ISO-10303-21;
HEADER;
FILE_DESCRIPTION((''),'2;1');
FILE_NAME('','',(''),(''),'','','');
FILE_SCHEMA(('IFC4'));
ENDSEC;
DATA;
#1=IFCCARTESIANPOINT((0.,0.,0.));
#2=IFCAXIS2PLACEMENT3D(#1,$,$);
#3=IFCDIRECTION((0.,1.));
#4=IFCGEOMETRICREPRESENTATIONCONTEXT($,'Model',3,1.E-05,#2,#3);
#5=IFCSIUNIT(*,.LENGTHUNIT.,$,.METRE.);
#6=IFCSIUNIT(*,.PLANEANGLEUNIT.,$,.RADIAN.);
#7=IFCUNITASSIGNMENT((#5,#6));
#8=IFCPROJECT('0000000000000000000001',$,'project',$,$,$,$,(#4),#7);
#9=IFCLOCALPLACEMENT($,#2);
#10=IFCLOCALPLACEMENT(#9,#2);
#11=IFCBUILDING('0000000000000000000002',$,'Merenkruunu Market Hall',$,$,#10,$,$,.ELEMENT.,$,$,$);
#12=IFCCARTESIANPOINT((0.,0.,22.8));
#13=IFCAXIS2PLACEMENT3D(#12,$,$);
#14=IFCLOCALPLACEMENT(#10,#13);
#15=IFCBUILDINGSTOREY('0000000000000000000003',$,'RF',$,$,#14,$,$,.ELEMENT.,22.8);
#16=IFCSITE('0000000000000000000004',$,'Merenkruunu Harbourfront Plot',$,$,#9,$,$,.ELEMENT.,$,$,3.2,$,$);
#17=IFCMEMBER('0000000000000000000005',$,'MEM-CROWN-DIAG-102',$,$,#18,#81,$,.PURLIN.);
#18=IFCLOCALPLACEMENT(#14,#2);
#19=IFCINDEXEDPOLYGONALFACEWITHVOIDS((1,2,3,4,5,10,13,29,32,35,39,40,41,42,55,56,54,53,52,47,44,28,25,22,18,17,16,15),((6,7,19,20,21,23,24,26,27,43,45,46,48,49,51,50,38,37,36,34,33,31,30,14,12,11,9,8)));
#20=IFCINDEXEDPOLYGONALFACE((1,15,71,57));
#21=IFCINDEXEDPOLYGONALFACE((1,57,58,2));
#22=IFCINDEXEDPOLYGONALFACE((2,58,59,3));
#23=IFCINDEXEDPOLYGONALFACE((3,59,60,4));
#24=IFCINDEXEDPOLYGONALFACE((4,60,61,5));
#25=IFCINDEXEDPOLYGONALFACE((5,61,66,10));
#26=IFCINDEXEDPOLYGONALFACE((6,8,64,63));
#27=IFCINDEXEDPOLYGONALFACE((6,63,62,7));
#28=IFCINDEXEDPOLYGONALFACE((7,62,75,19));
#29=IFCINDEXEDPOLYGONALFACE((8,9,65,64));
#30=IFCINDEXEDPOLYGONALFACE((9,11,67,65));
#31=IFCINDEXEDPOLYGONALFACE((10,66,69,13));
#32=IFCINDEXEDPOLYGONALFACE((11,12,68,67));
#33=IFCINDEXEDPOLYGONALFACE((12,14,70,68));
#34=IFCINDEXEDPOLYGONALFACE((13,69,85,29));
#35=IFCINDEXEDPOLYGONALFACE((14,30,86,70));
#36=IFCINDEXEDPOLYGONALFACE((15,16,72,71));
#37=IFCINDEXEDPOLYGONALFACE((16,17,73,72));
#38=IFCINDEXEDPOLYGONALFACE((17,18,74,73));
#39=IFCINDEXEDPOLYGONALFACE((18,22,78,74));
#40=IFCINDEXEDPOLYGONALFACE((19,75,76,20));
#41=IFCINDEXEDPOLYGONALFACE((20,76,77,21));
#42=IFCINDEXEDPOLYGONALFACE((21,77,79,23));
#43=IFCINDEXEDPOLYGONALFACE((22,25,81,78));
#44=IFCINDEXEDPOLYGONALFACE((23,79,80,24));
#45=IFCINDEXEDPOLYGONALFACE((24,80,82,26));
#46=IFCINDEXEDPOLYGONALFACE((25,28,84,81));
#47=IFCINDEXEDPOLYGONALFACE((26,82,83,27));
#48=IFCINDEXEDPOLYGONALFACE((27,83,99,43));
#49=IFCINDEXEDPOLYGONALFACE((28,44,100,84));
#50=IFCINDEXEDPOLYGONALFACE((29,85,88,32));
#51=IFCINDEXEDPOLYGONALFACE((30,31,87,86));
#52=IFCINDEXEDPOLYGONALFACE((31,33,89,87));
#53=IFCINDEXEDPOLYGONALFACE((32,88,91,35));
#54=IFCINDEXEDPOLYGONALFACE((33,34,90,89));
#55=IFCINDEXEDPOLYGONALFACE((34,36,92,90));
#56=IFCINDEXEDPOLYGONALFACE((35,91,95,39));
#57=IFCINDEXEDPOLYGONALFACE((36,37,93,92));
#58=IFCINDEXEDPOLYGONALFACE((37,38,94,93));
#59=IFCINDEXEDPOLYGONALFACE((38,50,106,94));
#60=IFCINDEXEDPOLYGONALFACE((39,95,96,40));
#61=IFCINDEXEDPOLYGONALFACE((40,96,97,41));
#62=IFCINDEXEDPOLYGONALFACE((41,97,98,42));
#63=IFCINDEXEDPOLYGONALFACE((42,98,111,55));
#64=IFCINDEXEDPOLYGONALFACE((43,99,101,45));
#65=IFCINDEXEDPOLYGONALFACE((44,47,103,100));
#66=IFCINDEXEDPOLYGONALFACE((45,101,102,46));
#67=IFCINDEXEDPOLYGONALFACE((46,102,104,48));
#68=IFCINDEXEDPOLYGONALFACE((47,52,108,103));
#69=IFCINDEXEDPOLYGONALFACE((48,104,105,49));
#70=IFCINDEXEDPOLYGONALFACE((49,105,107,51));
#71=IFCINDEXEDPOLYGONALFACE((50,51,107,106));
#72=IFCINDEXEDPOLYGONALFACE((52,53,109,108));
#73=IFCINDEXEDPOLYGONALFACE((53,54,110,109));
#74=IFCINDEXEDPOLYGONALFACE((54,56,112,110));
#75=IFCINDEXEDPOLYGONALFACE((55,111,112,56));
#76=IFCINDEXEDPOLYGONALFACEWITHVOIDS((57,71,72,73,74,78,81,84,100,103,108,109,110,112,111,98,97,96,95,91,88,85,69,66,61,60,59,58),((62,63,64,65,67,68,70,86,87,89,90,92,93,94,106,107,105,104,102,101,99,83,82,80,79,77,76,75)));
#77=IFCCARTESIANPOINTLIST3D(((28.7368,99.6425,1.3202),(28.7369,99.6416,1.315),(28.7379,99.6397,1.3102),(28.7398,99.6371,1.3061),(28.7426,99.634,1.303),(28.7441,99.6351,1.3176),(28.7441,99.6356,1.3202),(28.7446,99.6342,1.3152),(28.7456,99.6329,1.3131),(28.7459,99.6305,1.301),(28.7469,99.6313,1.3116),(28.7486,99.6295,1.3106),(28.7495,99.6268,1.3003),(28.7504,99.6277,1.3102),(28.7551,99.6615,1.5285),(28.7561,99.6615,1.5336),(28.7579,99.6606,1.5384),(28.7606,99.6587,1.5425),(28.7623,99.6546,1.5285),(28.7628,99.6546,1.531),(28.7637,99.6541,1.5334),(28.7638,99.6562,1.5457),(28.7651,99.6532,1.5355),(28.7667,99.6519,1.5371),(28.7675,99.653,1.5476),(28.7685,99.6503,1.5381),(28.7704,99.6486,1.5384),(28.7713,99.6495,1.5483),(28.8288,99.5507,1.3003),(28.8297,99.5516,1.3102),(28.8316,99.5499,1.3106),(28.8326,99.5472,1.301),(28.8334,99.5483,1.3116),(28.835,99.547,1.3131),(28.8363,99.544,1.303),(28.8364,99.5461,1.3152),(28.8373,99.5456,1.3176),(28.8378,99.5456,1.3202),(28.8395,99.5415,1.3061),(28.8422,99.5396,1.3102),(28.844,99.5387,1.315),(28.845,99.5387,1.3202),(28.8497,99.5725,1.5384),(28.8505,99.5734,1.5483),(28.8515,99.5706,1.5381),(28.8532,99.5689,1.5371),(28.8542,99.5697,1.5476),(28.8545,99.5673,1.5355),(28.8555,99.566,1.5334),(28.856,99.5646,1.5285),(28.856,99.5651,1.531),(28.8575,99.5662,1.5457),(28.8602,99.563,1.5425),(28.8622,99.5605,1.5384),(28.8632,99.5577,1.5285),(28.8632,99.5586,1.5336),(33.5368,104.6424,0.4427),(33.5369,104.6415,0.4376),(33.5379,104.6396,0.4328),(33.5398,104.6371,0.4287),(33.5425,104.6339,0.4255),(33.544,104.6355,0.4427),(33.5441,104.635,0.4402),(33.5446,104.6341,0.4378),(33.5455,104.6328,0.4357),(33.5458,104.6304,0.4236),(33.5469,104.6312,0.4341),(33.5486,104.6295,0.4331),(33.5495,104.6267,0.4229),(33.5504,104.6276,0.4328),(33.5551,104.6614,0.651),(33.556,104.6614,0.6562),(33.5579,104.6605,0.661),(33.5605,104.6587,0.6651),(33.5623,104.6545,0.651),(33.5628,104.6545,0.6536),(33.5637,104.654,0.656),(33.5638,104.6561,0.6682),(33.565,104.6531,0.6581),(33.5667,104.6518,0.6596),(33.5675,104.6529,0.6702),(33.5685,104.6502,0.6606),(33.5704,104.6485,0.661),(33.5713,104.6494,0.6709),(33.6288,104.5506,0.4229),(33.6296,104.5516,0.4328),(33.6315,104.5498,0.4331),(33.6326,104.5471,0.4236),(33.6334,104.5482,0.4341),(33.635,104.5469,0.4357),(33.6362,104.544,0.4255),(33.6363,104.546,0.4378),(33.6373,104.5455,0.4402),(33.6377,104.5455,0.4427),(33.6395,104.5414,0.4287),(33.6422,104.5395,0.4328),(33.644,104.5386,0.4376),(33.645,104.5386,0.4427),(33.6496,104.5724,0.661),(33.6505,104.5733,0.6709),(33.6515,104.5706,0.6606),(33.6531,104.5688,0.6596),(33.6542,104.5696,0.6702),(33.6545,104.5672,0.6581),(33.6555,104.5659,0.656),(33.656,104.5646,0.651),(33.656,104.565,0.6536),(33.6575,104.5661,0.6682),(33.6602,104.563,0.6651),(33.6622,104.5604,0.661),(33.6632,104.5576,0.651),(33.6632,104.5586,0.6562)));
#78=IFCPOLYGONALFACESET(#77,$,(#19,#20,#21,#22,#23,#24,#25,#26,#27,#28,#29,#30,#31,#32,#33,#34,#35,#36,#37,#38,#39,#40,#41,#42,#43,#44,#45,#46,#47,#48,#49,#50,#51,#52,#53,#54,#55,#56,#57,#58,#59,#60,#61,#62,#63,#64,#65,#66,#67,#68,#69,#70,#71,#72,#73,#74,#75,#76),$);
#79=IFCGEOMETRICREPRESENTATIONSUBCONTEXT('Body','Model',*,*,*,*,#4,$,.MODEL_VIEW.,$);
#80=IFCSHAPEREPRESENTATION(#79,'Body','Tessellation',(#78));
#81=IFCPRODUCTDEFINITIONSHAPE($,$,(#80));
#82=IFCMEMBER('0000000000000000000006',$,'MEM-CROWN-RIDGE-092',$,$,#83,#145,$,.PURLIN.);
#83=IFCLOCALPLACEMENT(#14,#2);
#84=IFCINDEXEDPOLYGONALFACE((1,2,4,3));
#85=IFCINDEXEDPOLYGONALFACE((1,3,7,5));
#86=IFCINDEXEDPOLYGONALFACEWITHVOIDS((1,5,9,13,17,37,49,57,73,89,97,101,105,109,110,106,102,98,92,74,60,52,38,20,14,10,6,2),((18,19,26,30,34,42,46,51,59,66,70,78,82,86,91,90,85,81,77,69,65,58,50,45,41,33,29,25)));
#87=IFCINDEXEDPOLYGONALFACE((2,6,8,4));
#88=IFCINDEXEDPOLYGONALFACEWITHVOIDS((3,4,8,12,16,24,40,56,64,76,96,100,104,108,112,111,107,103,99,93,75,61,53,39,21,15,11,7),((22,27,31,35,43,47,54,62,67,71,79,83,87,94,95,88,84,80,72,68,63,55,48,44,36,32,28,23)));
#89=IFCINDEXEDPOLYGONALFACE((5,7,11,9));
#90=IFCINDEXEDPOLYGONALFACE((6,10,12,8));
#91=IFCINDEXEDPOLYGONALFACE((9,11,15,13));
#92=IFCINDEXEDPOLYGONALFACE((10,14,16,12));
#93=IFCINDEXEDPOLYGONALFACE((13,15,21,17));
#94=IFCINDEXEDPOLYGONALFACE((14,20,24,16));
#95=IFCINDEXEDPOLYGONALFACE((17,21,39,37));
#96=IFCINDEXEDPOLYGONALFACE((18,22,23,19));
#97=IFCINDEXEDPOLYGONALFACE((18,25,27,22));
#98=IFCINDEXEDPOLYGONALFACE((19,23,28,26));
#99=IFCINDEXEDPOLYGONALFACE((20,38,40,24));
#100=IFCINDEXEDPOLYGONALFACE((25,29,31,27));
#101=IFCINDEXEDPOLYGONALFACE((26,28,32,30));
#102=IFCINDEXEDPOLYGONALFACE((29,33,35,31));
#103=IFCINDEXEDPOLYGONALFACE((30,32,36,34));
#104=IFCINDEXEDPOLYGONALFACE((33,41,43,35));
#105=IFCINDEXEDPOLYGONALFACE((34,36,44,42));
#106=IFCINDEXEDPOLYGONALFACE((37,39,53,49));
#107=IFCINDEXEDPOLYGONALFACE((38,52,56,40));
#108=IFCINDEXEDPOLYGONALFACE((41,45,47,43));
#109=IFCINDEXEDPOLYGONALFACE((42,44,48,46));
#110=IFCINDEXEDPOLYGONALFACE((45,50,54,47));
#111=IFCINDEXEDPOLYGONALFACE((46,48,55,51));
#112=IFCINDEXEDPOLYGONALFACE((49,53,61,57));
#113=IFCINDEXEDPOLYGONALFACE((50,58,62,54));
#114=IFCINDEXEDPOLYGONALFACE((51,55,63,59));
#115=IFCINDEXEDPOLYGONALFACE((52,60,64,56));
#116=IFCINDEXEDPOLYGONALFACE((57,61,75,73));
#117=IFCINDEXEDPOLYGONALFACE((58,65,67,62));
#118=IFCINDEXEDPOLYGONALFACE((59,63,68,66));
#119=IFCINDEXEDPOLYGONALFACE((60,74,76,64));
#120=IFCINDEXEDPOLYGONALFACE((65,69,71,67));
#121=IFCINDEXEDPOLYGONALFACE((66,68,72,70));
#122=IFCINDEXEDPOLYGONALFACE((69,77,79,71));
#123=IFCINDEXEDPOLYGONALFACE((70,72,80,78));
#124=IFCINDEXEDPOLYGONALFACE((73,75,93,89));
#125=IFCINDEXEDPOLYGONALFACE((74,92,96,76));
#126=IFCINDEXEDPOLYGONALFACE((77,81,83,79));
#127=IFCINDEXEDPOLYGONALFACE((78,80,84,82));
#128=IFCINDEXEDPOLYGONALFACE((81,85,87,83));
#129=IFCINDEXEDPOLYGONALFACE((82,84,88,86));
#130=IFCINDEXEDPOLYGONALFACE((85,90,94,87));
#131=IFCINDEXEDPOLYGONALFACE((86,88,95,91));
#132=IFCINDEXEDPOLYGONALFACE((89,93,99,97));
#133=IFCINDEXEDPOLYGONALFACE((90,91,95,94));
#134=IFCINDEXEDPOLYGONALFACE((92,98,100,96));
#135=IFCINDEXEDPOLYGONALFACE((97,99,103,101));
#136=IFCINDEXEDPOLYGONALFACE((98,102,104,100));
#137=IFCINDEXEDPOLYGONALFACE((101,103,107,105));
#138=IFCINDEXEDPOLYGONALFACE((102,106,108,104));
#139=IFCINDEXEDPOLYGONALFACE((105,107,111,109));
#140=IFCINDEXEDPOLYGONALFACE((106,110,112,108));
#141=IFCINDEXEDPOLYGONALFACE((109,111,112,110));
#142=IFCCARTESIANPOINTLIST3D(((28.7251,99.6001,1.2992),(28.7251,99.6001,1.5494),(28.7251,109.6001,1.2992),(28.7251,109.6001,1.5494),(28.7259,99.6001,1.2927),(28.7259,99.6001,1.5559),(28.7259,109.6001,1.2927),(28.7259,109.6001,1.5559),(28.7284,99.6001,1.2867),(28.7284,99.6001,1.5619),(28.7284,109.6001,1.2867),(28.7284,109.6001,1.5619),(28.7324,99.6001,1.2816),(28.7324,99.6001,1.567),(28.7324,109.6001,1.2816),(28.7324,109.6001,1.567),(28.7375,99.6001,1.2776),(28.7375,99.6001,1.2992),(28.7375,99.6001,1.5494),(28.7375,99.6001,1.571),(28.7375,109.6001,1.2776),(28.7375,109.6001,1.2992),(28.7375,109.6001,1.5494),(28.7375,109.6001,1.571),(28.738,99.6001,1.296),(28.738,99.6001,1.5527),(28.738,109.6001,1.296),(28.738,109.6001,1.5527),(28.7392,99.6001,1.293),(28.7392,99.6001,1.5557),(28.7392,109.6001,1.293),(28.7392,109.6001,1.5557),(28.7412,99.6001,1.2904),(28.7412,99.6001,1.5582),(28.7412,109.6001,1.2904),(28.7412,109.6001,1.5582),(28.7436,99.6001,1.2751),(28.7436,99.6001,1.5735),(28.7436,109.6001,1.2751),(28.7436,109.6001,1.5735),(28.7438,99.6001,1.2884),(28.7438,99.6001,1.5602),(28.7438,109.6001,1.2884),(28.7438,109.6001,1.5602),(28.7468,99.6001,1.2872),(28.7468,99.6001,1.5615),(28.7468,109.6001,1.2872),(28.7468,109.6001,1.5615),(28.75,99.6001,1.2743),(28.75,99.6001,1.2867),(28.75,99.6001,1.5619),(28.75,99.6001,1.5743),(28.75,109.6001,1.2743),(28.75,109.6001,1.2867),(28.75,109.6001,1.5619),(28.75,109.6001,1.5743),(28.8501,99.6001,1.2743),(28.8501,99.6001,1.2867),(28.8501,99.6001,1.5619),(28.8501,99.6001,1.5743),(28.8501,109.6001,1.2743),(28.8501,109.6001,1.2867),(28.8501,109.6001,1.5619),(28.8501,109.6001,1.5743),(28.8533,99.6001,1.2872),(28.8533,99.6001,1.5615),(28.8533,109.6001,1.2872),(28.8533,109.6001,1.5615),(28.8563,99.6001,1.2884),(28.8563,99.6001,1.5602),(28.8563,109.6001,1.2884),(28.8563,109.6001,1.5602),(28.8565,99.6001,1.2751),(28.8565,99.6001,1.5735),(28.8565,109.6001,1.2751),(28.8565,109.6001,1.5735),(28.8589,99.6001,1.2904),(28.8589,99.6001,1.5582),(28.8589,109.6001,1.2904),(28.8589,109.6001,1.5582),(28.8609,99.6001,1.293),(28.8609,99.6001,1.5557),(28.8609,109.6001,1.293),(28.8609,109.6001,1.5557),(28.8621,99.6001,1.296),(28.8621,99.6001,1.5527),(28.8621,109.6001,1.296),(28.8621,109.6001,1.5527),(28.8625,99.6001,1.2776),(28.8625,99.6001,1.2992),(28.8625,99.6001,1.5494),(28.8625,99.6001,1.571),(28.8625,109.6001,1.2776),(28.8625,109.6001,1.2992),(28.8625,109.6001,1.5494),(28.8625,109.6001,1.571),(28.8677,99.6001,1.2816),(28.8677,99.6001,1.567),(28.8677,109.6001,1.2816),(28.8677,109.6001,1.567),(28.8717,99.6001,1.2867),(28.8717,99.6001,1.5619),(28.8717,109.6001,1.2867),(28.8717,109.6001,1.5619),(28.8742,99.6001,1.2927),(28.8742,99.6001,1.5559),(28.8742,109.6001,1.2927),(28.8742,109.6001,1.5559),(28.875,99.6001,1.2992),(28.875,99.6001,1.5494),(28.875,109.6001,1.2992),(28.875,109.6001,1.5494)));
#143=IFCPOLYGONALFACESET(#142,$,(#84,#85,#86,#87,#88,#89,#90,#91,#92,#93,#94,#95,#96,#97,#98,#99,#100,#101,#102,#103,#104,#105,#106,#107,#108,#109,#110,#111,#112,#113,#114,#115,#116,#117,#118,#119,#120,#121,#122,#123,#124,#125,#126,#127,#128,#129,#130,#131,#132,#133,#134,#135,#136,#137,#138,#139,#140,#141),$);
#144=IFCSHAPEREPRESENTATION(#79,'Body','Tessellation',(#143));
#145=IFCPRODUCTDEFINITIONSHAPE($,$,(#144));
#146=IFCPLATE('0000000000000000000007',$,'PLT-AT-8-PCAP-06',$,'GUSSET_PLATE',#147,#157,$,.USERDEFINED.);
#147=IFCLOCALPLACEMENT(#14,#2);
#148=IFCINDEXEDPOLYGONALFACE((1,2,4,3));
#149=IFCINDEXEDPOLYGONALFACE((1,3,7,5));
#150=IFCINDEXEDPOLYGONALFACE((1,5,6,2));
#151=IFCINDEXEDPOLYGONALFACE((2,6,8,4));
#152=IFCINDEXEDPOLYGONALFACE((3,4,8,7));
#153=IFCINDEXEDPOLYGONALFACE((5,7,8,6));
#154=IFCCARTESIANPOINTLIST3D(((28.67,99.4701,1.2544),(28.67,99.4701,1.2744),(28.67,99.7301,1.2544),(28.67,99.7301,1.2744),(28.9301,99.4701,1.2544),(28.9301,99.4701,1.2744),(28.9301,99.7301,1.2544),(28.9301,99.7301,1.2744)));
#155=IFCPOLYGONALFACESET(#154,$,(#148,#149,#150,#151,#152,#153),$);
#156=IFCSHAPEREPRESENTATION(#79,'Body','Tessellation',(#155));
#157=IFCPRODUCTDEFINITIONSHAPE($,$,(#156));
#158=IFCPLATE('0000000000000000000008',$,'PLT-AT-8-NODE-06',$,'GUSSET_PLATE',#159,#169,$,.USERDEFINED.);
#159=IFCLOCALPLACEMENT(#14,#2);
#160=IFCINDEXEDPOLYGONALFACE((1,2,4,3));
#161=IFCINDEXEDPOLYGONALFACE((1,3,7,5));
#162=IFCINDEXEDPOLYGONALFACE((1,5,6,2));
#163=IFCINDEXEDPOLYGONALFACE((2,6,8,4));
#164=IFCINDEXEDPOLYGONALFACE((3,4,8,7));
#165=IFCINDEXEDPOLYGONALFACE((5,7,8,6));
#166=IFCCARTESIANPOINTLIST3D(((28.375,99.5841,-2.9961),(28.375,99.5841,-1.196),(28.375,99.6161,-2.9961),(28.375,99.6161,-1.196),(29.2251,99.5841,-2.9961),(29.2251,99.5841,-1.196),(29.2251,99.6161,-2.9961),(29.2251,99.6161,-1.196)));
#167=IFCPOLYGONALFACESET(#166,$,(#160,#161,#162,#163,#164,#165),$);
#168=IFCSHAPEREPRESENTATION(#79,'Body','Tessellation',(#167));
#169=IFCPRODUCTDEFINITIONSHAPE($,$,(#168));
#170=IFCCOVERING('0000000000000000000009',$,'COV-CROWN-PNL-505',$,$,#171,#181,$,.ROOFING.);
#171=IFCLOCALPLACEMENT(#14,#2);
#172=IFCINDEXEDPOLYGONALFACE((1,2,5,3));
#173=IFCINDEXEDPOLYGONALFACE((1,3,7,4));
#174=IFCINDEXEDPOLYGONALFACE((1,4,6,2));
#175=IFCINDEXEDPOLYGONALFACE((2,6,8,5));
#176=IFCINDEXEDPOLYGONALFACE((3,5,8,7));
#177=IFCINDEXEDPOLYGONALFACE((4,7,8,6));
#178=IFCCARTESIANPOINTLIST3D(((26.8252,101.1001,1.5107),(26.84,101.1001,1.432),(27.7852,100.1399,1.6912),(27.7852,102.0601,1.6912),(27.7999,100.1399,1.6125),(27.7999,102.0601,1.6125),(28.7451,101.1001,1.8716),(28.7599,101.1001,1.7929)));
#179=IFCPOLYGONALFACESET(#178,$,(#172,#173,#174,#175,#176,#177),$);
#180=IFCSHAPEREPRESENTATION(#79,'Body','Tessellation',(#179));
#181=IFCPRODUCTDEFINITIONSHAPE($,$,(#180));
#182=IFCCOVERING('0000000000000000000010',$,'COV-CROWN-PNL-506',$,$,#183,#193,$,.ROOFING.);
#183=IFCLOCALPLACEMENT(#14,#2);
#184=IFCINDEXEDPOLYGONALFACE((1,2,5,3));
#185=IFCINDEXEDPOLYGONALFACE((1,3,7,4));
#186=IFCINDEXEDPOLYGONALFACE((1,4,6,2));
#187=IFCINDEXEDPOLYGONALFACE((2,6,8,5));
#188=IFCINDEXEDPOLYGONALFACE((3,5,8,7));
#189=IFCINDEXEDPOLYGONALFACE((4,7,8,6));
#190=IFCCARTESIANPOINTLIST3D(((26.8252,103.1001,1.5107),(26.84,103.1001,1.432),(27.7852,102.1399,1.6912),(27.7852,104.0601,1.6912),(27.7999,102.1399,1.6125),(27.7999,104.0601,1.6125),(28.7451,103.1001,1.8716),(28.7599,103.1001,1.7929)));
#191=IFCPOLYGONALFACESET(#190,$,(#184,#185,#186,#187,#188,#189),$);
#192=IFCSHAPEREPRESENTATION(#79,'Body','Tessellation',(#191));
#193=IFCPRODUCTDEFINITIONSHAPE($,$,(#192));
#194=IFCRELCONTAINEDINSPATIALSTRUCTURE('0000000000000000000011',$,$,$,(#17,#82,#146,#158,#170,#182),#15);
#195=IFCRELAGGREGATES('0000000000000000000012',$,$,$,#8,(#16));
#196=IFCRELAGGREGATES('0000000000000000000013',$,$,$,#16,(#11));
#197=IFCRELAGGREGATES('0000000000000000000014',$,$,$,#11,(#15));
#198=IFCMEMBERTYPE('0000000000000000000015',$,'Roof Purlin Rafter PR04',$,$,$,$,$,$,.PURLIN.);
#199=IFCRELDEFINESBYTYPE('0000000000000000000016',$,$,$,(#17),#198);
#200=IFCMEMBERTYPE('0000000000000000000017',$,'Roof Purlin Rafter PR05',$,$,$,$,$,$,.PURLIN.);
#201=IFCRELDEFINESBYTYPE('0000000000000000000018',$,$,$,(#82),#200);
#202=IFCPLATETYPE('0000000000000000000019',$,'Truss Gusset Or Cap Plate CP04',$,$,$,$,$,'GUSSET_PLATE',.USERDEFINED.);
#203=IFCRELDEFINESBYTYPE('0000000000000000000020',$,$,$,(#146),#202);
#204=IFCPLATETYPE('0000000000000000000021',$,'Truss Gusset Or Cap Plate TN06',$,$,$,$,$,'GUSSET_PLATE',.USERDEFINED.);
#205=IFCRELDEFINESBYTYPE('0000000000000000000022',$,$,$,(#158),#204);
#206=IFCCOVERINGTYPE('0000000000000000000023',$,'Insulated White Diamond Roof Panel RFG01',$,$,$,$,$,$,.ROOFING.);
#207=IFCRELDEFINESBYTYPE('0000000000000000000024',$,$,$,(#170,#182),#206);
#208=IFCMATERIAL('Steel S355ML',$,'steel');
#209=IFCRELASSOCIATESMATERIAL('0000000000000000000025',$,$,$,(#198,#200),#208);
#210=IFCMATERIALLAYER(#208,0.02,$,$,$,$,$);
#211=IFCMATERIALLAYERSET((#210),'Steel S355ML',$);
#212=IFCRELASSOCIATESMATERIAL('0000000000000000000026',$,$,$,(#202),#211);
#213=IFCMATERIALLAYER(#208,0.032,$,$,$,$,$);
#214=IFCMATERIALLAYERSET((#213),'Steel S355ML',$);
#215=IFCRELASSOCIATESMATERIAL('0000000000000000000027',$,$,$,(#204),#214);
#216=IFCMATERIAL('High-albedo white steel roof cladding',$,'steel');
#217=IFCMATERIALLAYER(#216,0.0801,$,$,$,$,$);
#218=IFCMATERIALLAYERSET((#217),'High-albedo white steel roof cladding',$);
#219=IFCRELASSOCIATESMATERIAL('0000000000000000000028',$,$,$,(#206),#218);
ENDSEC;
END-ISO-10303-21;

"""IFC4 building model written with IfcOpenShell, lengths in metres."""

from ifc_helpers import new_model, si_unit, direction, frame, origin, origin_2d, place, context, subcontext, project, spatial, polyline, rectangle, hollow_rectangle, outline, extrude, material, layer, layer_set, material_profile, profile_set, type_object, element, save


model = new_model("IFC4")

# Units and contexts
model_context = context("Model", 3, precision=1e-05, world=origin(), true_north=direction((0.0, 1.0)))
body_context = subcontext(model_context, "Body", "Model", "MODEL_VIEW")
ifc_project = project(units=[si_unit("LENGTHUNIT", "METRE"), si_unit("PLANEANGLEUNIT", "RADIAN")], contexts=[model_context])

# Site, building, storey
site_placement = place(None, origin())
site = spatial("IfcSite", under=ifc_project, at=site_placement, Name="Merenkruunu Harbourfront Plot", CompositionType="ELEMENT", RefElevation=3.2)
building_placement = place(site_placement, origin())
building = spatial("IfcBuilding", under=site, at=building_placement, Name="Merenkruunu Market Hall", CompositionType="ELEMENT")
storey_placement = place(building_placement, frame((0.0, 0.0, 22.8)))
storey = spatial("IfcBuildingStorey", under=building, at=storey_placement, Name="RF", CompositionType="ELEMENT", Elevation=22.8)

# Members
ifc_material_1 = material(Name="Steel S355ML", Category="steel")
ifc_material_profile_1 = material_profile(ifc_material_1, hollow_rectangle(XDim=0.1499, YDim=0.25, WallThickness=0.01, InnerFilletRadius=0.01, OuterFilletRadius=0.02, at=origin_2d()), Name="RHS 250x150x10")
ifc_profile_set_1 = profile_set([ifc_material_profile_1], Name="Steel S355ML")
member_type_1 = type_object("IfcMemberType", Name="Roof Purlin Rafter PR04", PredefinedType="PURLIN", material=ifc_profile_set_1)
for number, where, z_axis, x_axis, name in (
    (1, (28.8, 99.6001, 1.4243), (0.687052, 0.715672, -0.125592), (-0.721384, 0.692535, 0.0), "MEM-CROWN-DIAG-102"),
):
    element("IfcMember", number, at=place(storey_placement, frame(where, z_axis=z_axis, x_axis=x_axis)), inside=storey, type_object=member_type_1, Name=name, PredefinedType="PURLIN", context=body_context, shape_type="SweptSolid", body=[
        extrude(hollow_rectangle(XDim=0.1499, YDim=0.25, WallThickness=0.01, InnerFilletRadius=0.01, OuterFilletRadius=0.02, at=origin_2d()), origin(), (0.0, 0.0, 1.0), 6.9863),
    ])
ifc_material_profile_2 = material_profile(ifc_material_1, hollow_rectangle(XDim=0.1499, YDim=0.3, WallThickness=0.0125, InnerFilletRadius=0.0125, OuterFilletRadius=0.0249, at=origin_2d()), Name="RHS 300x150x12.5")
ifc_profile_set_2 = profile_set([ifc_material_profile_2], Name="Steel S355ML")
member_type_2 = type_object("IfcMemberType", Name="Roof Purlin Rafter PR05", PredefinedType="PURLIN", material=ifc_profile_set_2)
member_1_placement = place(storey_placement, frame((28.8, 99.6001, 1.4243), z_axis=(0.0, 1.0, 0.0), x_axis=(-1.0, 0.0, 0.0)))
element("IfcMember", 2, at=member_1_placement, inside=storey, type_object=member_type_2, Name="MEM-CROWN-RIDGE-092", PredefinedType="PURLIN", context=body_context, shape_type="SweptSolid", body=[
    extrude(hollow_rectangle(XDim=0.1499, YDim=0.3, WallThickness=0.0125, InnerFilletRadius=0.0125, OuterFilletRadius=0.0249, at=origin_2d()), origin(), (0.0, 0.0, 1.0), 10.0),
])

# Plates
ifc_layer_1 = layer(ifc_material_1, 0.02)
ifc_layer_set_1 = layer_set([ifc_layer_1], Name="Steel S355ML")
plate_type_1 = type_object("IfcPlateType", Name="Truss Gusset Or Cap Plate CP04", ElementType="GUSSET_PLATE", PredefinedType="USERDEFINED", material=ifc_layer_set_1)
plate_1_placement = place(storey_placement, frame((28.8, 99.6001, 1.2544), z_axis=(0.0, 0.0, 1.0), x_axis=(1.0, 0.0, 0.0)))
element("IfcPlate", 3, at=plate_1_placement, inside=storey, type_object=plate_type_1, Name="PLT-AT-8-PCAP-06", ObjectType="GUSSET_PLATE", PredefinedType="USERDEFINED", context=body_context, shape_type="SweptSolid", body=[
    extrude(rectangle(XDim=0.26, YDim=0.26, at=origin_2d()), origin(), (0.0, 0.0, 1.0), 0.02),
])
ifc_layer_2 = layer(ifc_material_1, 0.032)
ifc_layer_set_2 = layer_set([ifc_layer_2], Name="Steel S355ML")
plate_type_2 = type_object("IfcPlateType", Name="Truss Gusset Or Cap Plate TN06", ElementType="GUSSET_PLATE", PredefinedType="USERDEFINED", material=ifc_layer_set_2)
plate_2_placement = place(storey_placement, frame((28.8, 99.6001, -2.9961), z_axis=(0.0, 0.0, 1.0), x_axis=(1.0, 0.0, 0.0)))
element("IfcPlate", 4, at=plate_2_placement, inside=storey, type_object=plate_type_2, Name="PLT-AT-8-NODE-06", ObjectType="GUSSET_PLATE", PredefinedType="USERDEFINED", context=body_context, shape_type="SweptSolid", body=[
    extrude(rectangle(XDim=0.8501, YDim=0.032, at=origin_2d()), origin(), (0.0, 0.0, 1.0), 1.8),
])

# Coverings
ifc_material_2 = material(Name="High-albedo white steel roof cladding", Category="steel")
ifc_layer_3 = layer(ifc_material_2, 0.0801)
ifc_layer_set_3 = layer_set([ifc_layer_3], Name="High-albedo white steel roof cladding")
covering_type_1 = type_object("IfcCoveringType", Name="Insulated White Diamond Roof Panel RFG01", PredefinedType="ROOFING", material=ifc_layer_set_3)
for number, where, z_axis, x_axis, name in (
    (5, (26.8252, 101.1001, 1.5107), (-0.184711, 0.0, 0.982793), (0.700856, -0.701035, 0.131722), "COV-CROWN-PNL-505"),
    (6, (26.8252, 103.1001, 1.5107), (-0.184711, 0.0, 0.982793), (0.700856, -0.701035, 0.131722), "COV-CROWN-PNL-506"),
):
    element("IfcCovering", number, at=place(storey_placement, frame(where, z_axis=z_axis, x_axis=x_axis)), inside=storey, type_object=covering_type_1, Name=name, PredefinedType="ROOFING", context=body_context, shape_type="SweptSolid", body=[
        extrude(outline(polyline([(0.0, 0.0), (1.3697, 0.0), (1.3931, 1.3695), (0.0236, 1.3693), (0.0, 0.0)])), origin(), (0.0, 0.0, -1.0), 0.0801),
    ])

save(model, "model.ifc")
